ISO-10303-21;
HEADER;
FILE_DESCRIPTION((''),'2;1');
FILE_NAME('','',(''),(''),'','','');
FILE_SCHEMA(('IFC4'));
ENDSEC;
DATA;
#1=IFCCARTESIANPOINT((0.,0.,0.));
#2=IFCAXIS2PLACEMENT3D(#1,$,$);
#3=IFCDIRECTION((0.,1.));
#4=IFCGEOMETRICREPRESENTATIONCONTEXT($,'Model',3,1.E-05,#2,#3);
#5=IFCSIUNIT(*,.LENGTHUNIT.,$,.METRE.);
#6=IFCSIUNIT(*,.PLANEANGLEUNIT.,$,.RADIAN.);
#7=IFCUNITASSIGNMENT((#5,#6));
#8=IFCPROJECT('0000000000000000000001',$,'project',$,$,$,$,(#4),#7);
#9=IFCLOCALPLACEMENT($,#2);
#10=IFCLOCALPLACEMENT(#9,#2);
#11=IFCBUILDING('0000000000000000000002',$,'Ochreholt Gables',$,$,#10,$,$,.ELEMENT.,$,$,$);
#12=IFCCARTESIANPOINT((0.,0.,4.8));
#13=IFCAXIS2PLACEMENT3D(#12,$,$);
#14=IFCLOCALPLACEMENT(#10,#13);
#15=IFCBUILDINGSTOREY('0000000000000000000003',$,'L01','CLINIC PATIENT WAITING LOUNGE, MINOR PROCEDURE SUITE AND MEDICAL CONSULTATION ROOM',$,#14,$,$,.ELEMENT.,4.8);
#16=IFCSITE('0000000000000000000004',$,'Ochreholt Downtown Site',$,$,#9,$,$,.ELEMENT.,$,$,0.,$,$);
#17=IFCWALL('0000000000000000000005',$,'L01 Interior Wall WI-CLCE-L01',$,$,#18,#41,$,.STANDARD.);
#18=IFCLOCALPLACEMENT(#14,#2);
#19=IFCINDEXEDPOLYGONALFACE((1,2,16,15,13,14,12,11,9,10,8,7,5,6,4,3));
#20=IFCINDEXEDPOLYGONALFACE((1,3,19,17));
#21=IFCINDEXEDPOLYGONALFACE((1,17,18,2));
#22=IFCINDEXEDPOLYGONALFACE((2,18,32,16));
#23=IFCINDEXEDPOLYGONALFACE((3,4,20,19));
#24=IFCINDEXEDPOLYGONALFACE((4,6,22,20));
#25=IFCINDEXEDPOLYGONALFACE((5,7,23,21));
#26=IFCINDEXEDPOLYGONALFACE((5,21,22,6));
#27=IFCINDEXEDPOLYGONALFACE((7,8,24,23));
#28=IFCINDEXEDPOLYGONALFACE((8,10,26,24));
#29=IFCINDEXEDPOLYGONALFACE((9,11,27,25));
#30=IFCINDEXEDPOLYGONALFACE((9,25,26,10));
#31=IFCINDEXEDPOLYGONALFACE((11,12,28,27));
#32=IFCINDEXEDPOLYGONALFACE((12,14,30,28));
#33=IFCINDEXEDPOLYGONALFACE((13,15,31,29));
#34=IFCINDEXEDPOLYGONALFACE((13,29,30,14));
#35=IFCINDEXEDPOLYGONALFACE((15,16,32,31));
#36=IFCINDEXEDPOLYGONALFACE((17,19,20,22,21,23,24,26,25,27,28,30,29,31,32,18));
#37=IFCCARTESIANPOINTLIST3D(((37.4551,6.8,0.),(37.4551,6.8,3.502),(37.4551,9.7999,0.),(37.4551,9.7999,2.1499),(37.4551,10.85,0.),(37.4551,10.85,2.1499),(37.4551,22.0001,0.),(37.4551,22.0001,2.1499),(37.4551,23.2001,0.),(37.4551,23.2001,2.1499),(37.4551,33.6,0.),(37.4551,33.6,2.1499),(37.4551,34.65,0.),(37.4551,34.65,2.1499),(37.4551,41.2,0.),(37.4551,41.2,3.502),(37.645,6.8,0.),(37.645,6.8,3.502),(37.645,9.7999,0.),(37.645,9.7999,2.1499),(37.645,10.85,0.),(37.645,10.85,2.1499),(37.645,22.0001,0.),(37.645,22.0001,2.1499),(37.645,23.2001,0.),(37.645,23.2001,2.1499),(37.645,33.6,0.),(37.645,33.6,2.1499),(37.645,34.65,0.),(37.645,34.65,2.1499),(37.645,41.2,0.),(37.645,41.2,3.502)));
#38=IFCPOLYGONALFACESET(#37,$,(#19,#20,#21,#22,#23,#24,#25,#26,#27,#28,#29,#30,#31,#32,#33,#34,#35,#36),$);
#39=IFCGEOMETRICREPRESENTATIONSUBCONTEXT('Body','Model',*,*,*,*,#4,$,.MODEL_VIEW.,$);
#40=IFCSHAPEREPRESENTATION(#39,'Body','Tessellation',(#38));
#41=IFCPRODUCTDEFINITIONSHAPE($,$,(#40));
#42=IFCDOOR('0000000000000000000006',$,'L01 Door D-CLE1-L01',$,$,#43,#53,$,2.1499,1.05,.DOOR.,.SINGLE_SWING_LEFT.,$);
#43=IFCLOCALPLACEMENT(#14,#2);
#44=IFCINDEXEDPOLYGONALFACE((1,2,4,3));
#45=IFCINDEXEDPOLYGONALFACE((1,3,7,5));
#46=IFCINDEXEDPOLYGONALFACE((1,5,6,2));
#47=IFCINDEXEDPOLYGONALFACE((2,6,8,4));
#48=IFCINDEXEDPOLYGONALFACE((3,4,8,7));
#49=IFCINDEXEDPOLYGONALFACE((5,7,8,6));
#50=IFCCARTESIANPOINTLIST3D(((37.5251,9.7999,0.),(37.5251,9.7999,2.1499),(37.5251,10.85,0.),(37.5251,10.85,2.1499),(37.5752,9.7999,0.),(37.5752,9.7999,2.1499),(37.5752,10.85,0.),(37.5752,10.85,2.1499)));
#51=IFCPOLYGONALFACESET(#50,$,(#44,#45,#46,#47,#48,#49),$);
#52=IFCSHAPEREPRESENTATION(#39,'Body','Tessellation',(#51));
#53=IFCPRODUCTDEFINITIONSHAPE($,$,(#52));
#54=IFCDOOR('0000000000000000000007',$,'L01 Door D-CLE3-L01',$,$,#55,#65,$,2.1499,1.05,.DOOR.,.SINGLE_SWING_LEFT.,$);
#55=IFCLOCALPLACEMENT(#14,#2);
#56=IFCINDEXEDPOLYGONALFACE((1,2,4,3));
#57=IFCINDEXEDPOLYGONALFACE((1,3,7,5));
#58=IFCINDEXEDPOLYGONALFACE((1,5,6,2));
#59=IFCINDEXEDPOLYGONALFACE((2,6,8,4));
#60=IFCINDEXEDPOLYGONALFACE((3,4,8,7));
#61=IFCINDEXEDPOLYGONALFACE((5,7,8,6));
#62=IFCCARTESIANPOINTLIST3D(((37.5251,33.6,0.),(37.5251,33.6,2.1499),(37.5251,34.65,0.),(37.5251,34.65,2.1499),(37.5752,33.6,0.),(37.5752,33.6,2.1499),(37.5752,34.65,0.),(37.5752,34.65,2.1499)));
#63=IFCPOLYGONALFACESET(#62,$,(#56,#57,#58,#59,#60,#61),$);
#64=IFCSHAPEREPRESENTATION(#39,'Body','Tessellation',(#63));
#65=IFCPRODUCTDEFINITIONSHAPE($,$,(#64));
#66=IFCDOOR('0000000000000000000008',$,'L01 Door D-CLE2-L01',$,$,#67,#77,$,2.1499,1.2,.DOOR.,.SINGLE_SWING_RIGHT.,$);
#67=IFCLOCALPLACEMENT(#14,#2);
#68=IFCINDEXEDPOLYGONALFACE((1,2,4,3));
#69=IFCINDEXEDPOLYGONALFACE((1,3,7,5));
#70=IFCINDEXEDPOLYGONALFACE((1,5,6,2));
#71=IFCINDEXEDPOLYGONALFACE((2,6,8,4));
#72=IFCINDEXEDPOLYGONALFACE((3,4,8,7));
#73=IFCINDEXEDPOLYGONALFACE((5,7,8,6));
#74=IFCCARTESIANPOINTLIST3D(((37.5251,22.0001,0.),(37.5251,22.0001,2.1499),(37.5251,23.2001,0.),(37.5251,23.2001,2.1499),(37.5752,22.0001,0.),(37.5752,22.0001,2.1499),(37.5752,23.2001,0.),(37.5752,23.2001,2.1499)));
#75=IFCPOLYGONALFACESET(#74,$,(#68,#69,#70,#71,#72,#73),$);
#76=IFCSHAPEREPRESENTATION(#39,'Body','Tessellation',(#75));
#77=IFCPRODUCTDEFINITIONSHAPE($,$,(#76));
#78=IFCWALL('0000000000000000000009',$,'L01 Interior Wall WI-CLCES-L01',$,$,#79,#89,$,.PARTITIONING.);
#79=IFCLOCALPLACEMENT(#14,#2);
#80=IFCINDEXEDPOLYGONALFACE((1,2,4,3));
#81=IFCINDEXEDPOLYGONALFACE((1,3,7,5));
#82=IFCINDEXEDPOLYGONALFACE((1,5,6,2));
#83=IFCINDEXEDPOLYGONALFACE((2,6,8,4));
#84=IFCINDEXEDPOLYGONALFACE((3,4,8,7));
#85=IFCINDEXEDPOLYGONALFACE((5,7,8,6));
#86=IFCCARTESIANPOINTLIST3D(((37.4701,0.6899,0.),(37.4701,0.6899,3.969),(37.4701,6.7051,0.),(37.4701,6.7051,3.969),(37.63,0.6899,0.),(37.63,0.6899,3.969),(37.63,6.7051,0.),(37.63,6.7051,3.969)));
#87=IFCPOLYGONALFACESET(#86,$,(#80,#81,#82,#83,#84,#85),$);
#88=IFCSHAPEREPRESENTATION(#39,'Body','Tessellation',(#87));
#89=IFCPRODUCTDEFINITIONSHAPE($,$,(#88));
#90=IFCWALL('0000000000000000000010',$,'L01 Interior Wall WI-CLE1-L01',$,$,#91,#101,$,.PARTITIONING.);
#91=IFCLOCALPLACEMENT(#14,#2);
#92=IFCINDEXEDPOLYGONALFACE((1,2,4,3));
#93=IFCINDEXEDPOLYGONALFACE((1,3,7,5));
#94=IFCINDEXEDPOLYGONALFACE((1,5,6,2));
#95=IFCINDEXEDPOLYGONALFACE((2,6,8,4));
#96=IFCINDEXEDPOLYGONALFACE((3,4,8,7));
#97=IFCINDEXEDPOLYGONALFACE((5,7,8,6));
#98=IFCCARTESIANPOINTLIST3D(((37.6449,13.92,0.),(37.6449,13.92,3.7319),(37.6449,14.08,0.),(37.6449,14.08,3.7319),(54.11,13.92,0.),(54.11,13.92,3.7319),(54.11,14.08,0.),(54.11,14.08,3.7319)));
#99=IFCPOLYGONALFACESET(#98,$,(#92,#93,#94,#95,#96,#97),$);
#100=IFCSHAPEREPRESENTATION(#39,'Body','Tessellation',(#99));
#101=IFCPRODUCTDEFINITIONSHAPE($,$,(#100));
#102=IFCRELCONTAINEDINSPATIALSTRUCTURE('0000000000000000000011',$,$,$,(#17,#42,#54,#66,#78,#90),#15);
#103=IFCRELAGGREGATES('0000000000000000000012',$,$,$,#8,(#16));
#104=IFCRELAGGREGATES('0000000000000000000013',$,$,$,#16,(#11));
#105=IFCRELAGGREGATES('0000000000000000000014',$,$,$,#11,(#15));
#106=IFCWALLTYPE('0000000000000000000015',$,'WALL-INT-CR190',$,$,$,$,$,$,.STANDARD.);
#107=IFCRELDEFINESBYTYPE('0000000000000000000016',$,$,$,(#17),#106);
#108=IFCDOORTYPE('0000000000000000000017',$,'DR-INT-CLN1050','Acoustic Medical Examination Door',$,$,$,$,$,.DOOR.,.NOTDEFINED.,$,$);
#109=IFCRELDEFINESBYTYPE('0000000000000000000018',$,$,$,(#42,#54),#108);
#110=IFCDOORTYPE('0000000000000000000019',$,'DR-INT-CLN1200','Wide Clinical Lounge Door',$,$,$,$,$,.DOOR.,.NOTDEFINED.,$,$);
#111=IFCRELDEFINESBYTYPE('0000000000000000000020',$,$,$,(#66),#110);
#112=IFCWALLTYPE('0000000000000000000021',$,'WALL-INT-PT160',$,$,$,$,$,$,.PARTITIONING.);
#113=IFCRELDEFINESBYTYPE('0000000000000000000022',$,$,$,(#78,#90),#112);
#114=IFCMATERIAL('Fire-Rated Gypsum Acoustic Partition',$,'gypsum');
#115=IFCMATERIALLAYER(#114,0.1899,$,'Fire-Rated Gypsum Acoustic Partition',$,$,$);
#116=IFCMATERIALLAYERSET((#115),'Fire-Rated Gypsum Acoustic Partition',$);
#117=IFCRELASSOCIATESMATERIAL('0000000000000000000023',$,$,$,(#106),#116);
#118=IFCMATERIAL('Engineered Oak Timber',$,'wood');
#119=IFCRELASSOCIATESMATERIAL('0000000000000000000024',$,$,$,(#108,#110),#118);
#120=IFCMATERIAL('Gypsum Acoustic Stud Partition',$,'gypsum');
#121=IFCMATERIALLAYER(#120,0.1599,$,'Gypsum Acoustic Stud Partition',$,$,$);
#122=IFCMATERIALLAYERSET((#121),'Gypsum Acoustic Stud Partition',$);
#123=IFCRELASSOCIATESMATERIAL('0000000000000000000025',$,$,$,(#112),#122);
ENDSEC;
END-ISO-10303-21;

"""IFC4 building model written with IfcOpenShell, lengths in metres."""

from ifc_helpers import new_model, si_unit, direction, frame, frame_2d, origin, place, context, subcontext, project, spatial, rectangle, extrude, material, layer, layer_set, type_object, element, fill, save


model = new_model("IFC4")

# Units and contexts
model_context = context("Model", 3, precision=1e-05, world=origin(), true_north=direction((0.0, 1.0)))
body_context = subcontext(model_context, "Body", "Model", "MODEL_VIEW")
ifc_project = project(units=[si_unit("LENGTHUNIT", "METRE"), si_unit("PLANEANGLEUNIT", "RADIAN")], contexts=[model_context])

# Site, building, storey
site_placement = place(None, origin())
site = spatial("IfcSite", under=ifc_project, at=site_placement, Name="Ochreholt Downtown Site", CompositionType="ELEMENT", RefElevation=0.0)
building_placement = place(site_placement, origin())
building = spatial("IfcBuilding", under=site, at=building_placement, Name="Ochreholt Gables", CompositionType="ELEMENT")
storey_placement = place(building_placement, frame((0.0, 0.0, 4.8)))
storey = spatial("IfcBuildingStorey", under=building, at=storey_placement, Name="L01", Description="CLINIC PATIENT WAITING LOUNGE, MINOR PROCEDURE SUITE AND MEDICAL CONSULTATION ROOM", CompositionType="ELEMENT", Elevation=4.8)

# Wall, openings, doors
ifc_material_1 = material(Name="Fire-Rated Gypsum Acoustic Partition", Category="gypsum")
ifc_layer_1 = layer(ifc_material_1, 0.1899, Name="Fire-Rated Gypsum Acoustic Partition")
ifc_layer_set_1 = layer_set([ifc_layer_1], Name="Fire-Rated Gypsum Acoustic Partition")
wall_type_1 = type_object("IfcWallType", Name="WALL-INT-CR190", PredefinedType="STANDARD", material=ifc_layer_set_1)
wall_1_placement = place(storey_placement, frame((37.55, 6.8, 0.0), z_axis=(0.0, 0.0, 1.0), x_axis=(0.0, 1.0, 0.0)))
wall_1 = element("IfcWall", 1, at=wall_1_placement, inside=storey, type_object=wall_type_1, Name="L01 Interior Wall WI-CLCE-L01", PredefinedType="STANDARD", context=body_context, shape_type="SweptSolid", body=[
    extrude(rectangle(XDim=34.3999, YDim=0.1899, at=frame_2d((17.2, 0.0))), origin(), (0.0, 0.0, 1.0), 3.502),
])
opening_1_placement = place(wall_1_placement, frame((3.0, 0.0, 0.0)))
opening_1 = element("IfcOpeningElement", 2, at=opening_1_placement, cuts=wall_1, PredefinedType="OPENING", context=body_context, shape_type="SweptSolid", body=[
    extrude(rectangle(XDim=1.05, YDim=2.1499, at=frame_2d((0.5249, 1.075))), frame((0.0, 0.105, 0.0), z_axis=(0.0, -1.0, 0.0), x_axis=(1.0, 0.0, 0.0)), (0.0, 0.0, 1.0), 0.21),
])
opening_2_placement = place(wall_1_placement, frame((15.2, 0.0, 0.0)))
opening_2 = element("IfcOpeningElement", 3, at=opening_2_placement, cuts=wall_1, PredefinedType="OPENING", context=body_context, shape_type="SweptSolid", body=[
    extrude(rectangle(XDim=1.2, YDim=2.1499, at=frame_2d((0.6001, 1.075))), frame((0.0, 0.105, 0.0), z_axis=(0.0, -1.0, 0.0), x_axis=(1.0, 0.0, 0.0)), (0.0, 0.0, 1.0), 0.21),
])
opening_3_placement = place(wall_1_placement, frame((26.8, 0.0, 0.0)))
opening_3 = element("IfcOpeningElement", 4, at=opening_3_placement, cuts=wall_1, PredefinedType="OPENING", context=body_context, shape_type="SweptSolid", body=[
    extrude(rectangle(XDim=1.05, YDim=2.1499, at=frame_2d((0.5249, 1.075))), frame((0.0, 0.105, 0.0), z_axis=(0.0, -1.0, 0.0), x_axis=(1.0, 0.0, 0.0)), (0.0, 0.0, 1.0), 0.21),
])
ifc_material_2 = material(Name="Engineered Oak Timber", Category="wood")
door_type_1 = type_object("IfcDoorType", Name="DR-INT-CLN1050", Description="Acoustic Medical Examination Door", OperationType="NOTDEFINED", PredefinedType="DOOR", material=ifc_material_2)
door_1_placement = place(opening_1_placement, origin())
door_1 = element("IfcDoor", 5, at=door_1_placement, inside=storey, type_object=door_type_1, Name="L01 Door D-CLE1-L01", OperationType="SINGLE_SWING_LEFT", OverallHeight=2.1499, OverallWidth=1.05, PredefinedType="DOOR", context=body_context, shape_type="SweptSolid", body=[
    extrude(rectangle(XDim=1.05, YDim=2.1499, at=frame_2d((0.5249, 1.075))), frame((0.0, 0.0249, 0.0), z_axis=(0.0, -1.0, 0.0), x_axis=(1.0, 0.0, 0.0)), (0.0, 0.0, 1.0), 0.05),
])
fill(opening_1, door_1)
door_2_placement = place(opening_3_placement, origin())
door_2 = element("IfcDoor", 6, at=door_2_placement, inside=storey, type_object=door_type_1, Name="L01 Door D-CLE3-L01", OperationType="SINGLE_SWING_LEFT", OverallHeight=2.1499, OverallWidth=1.05, PredefinedType="DOOR", context=body_context, shape_type="SweptSolid", body=[
    extrude(rectangle(XDim=1.05, YDim=2.1499, at=frame_2d((0.5249, 1.075))), frame((0.0, 0.0249, 0.0), z_axis=(0.0, -1.0, 0.0), x_axis=(1.0, 0.0, 0.0)), (0.0, 0.0, 1.0), 0.05),
])
fill(opening_3, door_2)
door_type_2 = type_object("IfcDoorType", Name="DR-INT-CLN1200", Description="Wide Clinical Lounge Door", OperationType="NOTDEFINED", PredefinedType="DOOR", material=ifc_material_2)
door_3_placement = place(opening_2_placement, origin())
door_3 = element("IfcDoor", 7, at=door_3_placement, inside=storey, type_object=door_type_2, Name="L01 Door D-CLE2-L01", OperationType="SINGLE_SWING_RIGHT", OverallHeight=2.1499, OverallWidth=1.2, PredefinedType="DOOR", context=body_context, shape_type="SweptSolid", body=[
    extrude(rectangle(XDim=1.2, YDim=2.1499, at=frame_2d((0.6001, 1.075))), frame((0.0, 0.0249, 0.0), z_axis=(0.0, -1.0, 0.0), x_axis=(1.0, 0.0, 0.0)), (0.0, 0.0, 1.0), 0.05),
])
fill(opening_2, door_3)

# Walls
ifc_material_3 = material(Name="Gypsum Acoustic Stud Partition", Category="gypsum")
ifc_layer_2 = layer(ifc_material_3, 0.1599, Name="Gypsum Acoustic Stud Partition")
ifc_layer_set_2 = layer_set([ifc_layer_2], Name="Gypsum Acoustic Stud Partition")
wall_type_2 = type_object("IfcWallType", Name="WALL-INT-PT160", PredefinedType="PARTITIONING", material=ifc_layer_set_2)
wall_2_placement = place(storey_placement, frame((37.55, 0.6899, 0.0), z_axis=(0.0, 0.0, 1.0), x_axis=(0.0, 1.0, 0.0)))
element("IfcWall", 8, at=wall_2_placement, inside=storey, type_object=wall_type_2, Name="L01 Interior Wall WI-CLCES-L01", PredefinedType="PARTITIONING", context=body_context, shape_type="SweptSolid", body=[
    extrude(rectangle(XDim=6.0151, YDim=0.1599, at=frame_2d((3.0076, 0.0))), origin(), (0.0, 0.0, 1.0), 3.969),
])
wall_3_placement = place(storey_placement, frame((37.645, 14.0, 0.0), z_axis=(0.0, 0.0, 1.0), x_axis=(1.0, 0.0, 0.0)))
element("IfcWall", 9, at=wall_3_placement, inside=storey, type_object=wall_type_2, Name="L01 Interior Wall WI-CLE1-L01", PredefinedType="PARTITIONING", context=body_context, shape_type="SweptSolid", body=[
    extrude(rectangle(XDim=16.4651, YDim=0.1599, at=frame_2d((8.2324, 0.0))), origin(), (0.0, 0.0, 1.0), 3.7319),
])

save(model, "model.ifc")
